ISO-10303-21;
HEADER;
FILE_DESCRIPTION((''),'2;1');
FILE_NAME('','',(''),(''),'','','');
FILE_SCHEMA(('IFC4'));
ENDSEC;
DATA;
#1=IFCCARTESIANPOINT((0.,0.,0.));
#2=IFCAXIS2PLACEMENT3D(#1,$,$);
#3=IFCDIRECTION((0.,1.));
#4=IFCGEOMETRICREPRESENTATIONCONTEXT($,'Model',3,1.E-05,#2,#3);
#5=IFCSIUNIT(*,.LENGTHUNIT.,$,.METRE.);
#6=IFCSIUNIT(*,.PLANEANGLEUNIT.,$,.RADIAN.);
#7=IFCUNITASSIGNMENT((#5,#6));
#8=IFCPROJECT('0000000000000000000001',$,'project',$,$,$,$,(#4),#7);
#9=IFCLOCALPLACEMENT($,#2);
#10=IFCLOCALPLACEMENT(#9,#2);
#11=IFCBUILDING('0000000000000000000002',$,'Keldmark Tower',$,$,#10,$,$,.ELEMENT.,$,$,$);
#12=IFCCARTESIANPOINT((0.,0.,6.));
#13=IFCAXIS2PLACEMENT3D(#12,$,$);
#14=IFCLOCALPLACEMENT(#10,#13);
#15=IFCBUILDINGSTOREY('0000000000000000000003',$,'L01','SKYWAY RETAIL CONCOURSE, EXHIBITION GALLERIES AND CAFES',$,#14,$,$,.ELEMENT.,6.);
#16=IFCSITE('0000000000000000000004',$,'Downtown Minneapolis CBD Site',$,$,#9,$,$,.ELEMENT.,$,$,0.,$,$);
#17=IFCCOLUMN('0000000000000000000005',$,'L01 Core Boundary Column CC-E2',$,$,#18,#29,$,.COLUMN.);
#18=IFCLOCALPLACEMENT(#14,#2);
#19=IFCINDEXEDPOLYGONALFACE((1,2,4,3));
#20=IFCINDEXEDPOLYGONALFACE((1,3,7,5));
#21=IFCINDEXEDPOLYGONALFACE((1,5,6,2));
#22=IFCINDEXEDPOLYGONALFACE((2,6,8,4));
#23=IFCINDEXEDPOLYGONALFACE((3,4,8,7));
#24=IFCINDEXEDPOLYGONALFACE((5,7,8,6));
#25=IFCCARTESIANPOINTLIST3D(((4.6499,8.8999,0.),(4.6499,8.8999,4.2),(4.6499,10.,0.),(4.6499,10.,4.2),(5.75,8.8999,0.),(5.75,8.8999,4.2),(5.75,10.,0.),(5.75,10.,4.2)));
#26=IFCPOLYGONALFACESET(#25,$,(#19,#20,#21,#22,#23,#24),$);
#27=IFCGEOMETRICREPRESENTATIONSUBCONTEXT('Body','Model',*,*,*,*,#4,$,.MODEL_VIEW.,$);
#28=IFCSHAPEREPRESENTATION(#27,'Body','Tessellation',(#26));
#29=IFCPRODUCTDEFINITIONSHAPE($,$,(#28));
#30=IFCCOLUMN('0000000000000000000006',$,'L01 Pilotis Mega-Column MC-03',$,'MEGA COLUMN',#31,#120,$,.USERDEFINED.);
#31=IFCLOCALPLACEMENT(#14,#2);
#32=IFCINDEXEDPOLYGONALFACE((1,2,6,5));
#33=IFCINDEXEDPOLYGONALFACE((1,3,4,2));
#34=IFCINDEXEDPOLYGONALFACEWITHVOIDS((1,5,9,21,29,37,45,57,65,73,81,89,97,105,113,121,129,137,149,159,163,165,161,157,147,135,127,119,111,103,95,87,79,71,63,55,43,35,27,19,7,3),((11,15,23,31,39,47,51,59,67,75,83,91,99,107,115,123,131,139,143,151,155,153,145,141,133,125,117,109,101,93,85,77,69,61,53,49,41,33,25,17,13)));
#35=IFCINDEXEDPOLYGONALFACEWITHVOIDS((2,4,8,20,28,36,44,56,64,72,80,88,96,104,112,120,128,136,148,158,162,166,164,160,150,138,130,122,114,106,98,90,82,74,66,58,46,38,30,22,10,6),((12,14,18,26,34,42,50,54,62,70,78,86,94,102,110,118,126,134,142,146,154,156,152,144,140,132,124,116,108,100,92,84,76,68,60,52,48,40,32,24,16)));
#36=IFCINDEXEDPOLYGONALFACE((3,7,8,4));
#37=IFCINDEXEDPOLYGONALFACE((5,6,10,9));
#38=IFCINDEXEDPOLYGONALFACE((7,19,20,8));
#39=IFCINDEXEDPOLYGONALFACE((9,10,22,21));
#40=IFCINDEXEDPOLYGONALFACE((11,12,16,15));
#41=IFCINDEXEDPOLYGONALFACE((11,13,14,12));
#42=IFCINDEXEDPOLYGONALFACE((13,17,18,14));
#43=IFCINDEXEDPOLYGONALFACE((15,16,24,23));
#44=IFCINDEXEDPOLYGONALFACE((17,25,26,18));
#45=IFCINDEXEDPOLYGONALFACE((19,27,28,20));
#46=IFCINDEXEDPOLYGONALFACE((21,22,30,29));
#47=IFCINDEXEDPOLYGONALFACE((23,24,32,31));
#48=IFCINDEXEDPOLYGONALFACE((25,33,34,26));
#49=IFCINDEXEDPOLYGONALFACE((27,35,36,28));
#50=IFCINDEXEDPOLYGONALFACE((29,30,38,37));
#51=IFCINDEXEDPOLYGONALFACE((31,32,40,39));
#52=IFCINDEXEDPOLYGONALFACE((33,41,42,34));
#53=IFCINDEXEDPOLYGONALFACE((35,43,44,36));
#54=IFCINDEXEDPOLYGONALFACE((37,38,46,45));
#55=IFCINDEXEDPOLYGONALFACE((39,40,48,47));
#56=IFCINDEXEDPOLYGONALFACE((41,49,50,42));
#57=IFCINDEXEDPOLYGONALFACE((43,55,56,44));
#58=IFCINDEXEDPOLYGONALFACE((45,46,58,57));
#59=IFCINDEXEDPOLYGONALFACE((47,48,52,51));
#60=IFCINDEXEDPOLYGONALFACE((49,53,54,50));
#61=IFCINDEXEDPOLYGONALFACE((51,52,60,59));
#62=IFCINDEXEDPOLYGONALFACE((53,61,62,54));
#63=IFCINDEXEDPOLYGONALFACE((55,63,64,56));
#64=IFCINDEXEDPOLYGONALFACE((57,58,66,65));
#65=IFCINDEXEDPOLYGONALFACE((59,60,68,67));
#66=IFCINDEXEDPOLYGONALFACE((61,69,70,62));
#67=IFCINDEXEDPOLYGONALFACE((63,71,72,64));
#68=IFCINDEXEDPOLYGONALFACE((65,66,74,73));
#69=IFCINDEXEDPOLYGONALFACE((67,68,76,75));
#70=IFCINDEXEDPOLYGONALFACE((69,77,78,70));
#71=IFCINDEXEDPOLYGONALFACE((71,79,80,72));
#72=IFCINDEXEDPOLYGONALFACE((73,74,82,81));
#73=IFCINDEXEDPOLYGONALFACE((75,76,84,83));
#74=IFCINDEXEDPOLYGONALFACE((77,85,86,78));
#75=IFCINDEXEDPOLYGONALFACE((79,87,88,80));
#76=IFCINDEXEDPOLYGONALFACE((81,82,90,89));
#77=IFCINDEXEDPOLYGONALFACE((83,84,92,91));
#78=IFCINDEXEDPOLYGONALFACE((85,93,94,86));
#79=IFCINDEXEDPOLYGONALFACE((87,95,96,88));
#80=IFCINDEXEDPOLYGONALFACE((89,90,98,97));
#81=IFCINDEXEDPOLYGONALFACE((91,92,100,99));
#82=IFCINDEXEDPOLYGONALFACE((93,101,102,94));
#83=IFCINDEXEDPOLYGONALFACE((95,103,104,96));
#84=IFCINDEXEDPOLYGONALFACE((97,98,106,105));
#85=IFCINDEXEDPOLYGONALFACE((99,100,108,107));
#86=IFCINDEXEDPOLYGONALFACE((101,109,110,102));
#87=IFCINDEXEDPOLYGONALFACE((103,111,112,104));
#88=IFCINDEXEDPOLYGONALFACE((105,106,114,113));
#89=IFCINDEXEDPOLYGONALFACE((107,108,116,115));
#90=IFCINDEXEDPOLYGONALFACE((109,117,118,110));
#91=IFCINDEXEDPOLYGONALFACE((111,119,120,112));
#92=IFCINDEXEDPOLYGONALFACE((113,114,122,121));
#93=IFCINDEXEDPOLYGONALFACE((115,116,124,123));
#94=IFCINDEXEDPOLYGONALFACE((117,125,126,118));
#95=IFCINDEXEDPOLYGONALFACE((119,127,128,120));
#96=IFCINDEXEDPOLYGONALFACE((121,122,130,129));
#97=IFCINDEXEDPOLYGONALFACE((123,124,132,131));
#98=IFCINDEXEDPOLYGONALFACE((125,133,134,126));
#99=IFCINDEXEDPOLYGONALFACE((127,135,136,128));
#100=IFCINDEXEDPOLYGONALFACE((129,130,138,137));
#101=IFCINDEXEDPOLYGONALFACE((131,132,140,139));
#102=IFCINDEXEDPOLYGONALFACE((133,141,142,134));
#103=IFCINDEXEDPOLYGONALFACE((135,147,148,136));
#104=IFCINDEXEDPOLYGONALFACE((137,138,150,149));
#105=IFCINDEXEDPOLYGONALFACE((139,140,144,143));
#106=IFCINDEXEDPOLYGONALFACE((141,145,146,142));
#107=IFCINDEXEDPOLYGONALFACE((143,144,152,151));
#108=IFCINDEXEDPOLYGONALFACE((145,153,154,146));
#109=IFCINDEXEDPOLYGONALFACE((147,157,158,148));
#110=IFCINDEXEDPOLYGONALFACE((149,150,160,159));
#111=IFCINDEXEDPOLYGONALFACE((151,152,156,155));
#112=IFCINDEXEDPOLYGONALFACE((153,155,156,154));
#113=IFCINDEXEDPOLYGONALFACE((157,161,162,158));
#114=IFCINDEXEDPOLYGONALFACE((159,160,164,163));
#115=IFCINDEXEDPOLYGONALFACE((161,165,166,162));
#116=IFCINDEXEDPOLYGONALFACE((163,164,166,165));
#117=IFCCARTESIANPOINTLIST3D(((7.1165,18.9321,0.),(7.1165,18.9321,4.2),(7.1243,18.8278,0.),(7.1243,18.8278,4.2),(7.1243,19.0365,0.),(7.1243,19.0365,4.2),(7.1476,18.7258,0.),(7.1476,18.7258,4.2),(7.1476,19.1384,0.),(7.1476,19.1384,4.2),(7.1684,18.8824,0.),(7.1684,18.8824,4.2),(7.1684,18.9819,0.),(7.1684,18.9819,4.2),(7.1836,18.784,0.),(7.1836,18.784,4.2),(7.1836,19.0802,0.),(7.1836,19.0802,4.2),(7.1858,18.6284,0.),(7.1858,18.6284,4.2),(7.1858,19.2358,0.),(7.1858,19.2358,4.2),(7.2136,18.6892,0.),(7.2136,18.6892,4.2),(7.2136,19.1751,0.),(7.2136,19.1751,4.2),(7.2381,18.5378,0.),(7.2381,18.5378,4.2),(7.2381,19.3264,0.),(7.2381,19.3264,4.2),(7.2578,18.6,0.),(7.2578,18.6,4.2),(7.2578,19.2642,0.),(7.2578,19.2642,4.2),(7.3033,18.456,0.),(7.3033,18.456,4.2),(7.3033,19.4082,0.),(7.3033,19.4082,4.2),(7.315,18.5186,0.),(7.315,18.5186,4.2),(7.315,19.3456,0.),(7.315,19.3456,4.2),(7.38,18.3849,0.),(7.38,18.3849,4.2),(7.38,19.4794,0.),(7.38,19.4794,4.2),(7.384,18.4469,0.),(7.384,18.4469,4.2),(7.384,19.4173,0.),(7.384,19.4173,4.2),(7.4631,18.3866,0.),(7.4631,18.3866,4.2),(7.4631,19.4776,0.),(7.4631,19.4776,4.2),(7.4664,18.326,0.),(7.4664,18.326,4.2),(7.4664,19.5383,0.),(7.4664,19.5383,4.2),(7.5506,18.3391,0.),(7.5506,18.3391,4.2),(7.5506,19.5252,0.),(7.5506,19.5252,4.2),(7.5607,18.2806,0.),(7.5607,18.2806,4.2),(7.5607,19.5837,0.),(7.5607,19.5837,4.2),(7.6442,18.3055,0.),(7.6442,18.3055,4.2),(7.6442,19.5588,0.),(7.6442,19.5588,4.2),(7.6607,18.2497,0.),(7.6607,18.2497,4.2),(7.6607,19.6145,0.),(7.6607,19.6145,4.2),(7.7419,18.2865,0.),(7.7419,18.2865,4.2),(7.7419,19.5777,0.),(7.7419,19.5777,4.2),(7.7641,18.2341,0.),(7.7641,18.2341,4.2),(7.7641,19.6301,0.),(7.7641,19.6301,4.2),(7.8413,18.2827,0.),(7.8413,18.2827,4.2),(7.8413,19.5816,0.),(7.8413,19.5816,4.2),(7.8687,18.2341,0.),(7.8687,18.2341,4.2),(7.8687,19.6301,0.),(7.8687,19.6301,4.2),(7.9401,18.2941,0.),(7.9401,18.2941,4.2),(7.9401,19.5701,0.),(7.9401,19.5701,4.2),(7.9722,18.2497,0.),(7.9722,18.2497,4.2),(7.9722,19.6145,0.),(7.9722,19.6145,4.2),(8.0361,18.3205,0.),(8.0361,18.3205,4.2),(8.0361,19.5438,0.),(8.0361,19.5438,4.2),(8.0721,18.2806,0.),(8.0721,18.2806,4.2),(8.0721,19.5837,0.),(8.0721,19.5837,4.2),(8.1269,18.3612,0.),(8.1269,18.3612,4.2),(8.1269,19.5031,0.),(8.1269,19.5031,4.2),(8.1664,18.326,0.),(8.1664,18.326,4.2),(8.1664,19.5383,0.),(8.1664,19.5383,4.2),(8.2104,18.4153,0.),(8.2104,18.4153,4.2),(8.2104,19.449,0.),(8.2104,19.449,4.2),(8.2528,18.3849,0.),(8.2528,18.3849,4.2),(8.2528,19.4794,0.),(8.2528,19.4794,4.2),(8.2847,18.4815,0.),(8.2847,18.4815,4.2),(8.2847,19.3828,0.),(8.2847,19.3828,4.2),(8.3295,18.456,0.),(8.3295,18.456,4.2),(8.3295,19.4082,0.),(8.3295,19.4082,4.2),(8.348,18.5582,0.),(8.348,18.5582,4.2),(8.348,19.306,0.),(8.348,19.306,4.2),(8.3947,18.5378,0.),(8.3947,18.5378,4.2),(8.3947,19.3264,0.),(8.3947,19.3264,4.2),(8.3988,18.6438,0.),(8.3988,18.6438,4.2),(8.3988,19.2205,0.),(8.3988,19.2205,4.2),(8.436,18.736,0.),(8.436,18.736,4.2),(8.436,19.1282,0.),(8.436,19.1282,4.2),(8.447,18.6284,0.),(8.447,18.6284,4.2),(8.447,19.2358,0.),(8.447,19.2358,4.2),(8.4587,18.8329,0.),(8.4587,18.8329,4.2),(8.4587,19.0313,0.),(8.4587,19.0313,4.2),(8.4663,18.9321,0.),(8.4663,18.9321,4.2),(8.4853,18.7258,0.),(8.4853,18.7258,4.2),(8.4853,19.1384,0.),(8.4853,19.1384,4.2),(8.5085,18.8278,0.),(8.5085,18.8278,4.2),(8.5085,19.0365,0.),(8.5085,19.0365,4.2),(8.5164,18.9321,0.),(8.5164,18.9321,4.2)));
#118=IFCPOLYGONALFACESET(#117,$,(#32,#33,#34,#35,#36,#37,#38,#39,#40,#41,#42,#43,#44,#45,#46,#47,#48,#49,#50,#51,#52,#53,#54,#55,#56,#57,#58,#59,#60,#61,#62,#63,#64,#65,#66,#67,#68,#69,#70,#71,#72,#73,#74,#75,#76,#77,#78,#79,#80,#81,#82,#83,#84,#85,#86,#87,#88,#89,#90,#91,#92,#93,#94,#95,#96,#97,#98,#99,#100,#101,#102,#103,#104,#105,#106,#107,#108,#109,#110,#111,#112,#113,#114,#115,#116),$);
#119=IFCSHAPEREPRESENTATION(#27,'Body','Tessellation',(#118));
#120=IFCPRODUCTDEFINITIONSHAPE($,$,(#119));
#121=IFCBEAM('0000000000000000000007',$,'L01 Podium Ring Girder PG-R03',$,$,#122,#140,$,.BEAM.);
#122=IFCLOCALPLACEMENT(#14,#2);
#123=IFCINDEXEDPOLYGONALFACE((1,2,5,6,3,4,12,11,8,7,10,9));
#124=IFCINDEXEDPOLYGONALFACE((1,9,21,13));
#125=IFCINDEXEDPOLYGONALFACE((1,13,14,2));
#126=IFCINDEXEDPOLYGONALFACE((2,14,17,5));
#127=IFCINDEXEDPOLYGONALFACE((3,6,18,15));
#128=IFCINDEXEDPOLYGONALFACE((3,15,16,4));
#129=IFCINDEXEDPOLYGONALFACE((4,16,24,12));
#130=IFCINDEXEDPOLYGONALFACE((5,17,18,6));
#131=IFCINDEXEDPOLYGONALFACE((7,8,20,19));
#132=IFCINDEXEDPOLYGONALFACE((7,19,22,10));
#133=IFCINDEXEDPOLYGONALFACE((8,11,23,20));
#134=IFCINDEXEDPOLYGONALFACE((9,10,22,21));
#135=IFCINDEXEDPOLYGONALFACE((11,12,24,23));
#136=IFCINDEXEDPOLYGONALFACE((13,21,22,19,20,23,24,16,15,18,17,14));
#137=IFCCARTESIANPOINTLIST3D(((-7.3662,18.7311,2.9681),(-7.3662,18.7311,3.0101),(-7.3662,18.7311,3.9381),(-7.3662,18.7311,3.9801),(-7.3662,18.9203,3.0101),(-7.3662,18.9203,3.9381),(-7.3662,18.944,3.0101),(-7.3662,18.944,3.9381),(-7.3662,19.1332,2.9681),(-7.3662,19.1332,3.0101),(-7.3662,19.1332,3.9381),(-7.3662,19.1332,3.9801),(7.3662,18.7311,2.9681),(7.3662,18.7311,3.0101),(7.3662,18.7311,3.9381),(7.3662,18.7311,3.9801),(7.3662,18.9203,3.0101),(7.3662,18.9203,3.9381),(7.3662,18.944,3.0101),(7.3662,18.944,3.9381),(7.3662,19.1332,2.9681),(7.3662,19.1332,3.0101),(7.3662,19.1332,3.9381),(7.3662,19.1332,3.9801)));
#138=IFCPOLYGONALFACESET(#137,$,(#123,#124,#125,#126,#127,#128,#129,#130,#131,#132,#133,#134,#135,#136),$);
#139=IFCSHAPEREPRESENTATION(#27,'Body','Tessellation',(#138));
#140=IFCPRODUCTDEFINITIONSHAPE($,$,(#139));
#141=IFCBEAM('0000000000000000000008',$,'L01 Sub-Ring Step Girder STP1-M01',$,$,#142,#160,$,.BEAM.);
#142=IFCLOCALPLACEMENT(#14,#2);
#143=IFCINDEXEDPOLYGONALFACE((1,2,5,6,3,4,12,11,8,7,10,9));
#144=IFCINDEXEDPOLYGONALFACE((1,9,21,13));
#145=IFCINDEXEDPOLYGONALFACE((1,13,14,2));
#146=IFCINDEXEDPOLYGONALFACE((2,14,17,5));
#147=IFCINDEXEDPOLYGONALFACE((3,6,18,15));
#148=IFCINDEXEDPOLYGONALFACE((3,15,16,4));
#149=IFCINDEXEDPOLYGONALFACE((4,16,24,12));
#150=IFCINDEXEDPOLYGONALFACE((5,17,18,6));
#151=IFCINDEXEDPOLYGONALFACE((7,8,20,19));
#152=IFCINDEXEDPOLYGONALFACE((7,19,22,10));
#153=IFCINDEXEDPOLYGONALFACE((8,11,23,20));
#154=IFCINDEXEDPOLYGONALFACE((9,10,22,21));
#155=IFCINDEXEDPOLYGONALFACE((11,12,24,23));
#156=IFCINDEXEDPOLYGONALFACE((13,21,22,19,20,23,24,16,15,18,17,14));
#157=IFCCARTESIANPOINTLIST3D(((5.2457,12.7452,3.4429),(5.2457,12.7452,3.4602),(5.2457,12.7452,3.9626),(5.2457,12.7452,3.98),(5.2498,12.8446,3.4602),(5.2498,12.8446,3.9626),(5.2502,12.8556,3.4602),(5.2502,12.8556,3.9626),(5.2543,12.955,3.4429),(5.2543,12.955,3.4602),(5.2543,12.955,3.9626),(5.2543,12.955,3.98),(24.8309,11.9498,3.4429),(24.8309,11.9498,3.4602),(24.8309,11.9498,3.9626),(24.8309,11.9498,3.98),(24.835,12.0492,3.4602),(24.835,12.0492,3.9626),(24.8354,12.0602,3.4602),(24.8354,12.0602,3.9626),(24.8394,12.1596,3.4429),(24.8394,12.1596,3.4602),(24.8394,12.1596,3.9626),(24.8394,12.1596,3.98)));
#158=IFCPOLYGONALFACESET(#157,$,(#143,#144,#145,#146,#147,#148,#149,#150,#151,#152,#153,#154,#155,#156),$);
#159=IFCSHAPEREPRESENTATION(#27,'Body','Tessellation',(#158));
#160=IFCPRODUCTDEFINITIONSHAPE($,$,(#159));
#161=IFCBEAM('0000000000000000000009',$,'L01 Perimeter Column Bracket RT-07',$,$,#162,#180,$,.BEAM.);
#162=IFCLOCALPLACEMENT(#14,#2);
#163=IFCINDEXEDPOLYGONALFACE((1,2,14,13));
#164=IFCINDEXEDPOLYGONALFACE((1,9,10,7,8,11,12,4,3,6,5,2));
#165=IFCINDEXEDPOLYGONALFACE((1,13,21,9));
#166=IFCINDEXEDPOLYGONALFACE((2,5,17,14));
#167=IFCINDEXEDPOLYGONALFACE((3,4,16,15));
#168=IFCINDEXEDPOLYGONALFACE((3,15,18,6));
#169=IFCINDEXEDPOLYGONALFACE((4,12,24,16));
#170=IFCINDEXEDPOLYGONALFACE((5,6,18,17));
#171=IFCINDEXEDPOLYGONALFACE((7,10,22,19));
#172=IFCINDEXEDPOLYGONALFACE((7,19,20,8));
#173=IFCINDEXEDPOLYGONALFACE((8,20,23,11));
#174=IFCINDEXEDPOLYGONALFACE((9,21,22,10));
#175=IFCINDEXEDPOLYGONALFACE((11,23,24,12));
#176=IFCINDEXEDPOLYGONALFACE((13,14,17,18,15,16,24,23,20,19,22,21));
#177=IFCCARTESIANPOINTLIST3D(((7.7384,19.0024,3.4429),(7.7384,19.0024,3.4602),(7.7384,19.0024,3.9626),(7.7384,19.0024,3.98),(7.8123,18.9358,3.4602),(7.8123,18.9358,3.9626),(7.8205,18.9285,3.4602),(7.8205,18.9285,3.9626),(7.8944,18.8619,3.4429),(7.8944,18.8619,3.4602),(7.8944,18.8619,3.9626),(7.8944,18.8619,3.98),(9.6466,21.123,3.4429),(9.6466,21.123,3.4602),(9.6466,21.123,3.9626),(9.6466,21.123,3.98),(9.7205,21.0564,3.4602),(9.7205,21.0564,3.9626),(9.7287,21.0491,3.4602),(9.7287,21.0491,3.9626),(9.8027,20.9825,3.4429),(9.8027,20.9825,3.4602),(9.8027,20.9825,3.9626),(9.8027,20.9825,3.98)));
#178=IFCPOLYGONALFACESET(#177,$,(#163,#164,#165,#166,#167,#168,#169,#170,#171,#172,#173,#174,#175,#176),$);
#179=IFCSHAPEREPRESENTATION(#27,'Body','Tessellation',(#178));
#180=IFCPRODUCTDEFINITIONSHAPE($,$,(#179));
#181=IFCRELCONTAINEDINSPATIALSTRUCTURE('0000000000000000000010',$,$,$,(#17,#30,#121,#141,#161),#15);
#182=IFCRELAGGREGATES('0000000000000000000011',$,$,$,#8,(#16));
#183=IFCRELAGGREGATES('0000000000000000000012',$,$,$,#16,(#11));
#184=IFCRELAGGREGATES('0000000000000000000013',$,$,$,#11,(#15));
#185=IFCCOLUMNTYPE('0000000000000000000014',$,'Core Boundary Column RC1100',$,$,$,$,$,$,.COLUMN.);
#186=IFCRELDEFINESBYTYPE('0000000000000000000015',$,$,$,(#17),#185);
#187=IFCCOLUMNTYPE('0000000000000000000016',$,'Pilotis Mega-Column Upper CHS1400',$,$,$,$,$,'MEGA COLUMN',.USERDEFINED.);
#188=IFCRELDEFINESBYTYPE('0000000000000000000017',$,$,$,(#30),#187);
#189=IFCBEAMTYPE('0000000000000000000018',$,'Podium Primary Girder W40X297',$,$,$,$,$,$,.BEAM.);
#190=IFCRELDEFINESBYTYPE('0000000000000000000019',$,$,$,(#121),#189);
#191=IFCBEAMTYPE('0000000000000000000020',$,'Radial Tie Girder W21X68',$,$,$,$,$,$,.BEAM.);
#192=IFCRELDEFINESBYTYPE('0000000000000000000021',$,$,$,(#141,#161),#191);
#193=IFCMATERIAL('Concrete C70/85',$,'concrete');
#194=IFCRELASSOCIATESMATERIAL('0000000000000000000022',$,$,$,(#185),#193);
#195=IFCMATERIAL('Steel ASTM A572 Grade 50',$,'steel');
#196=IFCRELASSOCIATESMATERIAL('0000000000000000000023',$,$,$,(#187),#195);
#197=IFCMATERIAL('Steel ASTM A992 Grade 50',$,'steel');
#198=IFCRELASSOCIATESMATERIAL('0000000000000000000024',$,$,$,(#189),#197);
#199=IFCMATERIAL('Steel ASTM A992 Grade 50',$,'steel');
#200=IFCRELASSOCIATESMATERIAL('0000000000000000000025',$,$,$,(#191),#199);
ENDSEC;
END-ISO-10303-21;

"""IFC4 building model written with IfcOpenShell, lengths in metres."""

from ifc_helpers import new_model, si_unit, direction, frame, origin, origin_2d, place, context, subcontext, project, spatial, rectangle, hollow_circle, i_section, extrude, material, material_profile, profile_set, type_object, element, save


model = new_model("IFC4")

# Units and contexts
model_context = context("Model", 3, precision=1e-05, world=origin(), true_north=direction((0.0, 1.0)))
body_context = subcontext(model_context, "Body", "Model", "MODEL_VIEW")
ifc_project = project(units=[si_unit("LENGTHUNIT", "METRE"), si_unit("PLANEANGLEUNIT", "RADIAN")], contexts=[model_context])

# Site, building, storey
site_placement = place(None, origin())
site = spatial("IfcSite", under=ifc_project, at=site_placement, Name="Downtown Minneapolis CBD Site", CompositionType="ELEMENT", RefElevation=0.0)
building_placement = place(site_placement, origin())
building = spatial("IfcBuilding", under=site, at=building_placement, Name="Keldmark Tower", CompositionType="ELEMENT")
storey_placement = place(building_placement, frame((0.0, 0.0, 6.0)))
storey = spatial("IfcBuildingStorey", under=building, at=storey_placement, Name="L01", Description="SKYWAY RETAIL CONCOURSE, EXHIBITION GALLERIES AND CAFES", CompositionType="ELEMENT", Elevation=6.0)

# Columns
ifc_material_1 = material(Name="Concrete C70/85", Category="concrete")
ifc_material_profile_1 = material_profile(ifc_material_1, rectangle(XDim=1.1001, YDim=1.1001, at=origin_2d()), Name="RC1100X1100")
ifc_profile_set_1 = profile_set([ifc_material_profile_1], Name="Concrete C70/85")
column_type_1 = type_object("IfcColumnType", Name="Core Boundary Column RC1100", PredefinedType="COLUMN", material=ifc_profile_set_1)
column_1_placement = place(storey_placement, frame((5.2, 9.45, 0.0), z_axis=(0.0, 0.0, 1.0), x_axis=(1.0, 0.0, 0.0)))
element("IfcColumn", 1, at=column_1_placement, inside=storey, type_object=column_type_1, Name="L01 Core Boundary Column CC-E2", PredefinedType="COLUMN", context=body_context, shape_type="SweptSolid", body=[
    extrude(rectangle(XDim=1.1001, YDim=1.1001, at=origin_2d()), origin(), (0.0, 0.0, 1.0), 4.2),
])
ifc_material_2 = material(Name="Steel ASTM A572 Grade 50", Category="steel")
ifc_material_profile_2 = material_profile(ifc_material_2, hollow_circle(Radius=0.7, WallThickness=0.05, at=origin_2d()), Name="CHS1400X50")
ifc_profile_set_2 = profile_set([ifc_material_profile_2], Name="Steel ASTM A572 Grade 50")
column_type_2 = type_object("IfcColumnType", Name="Pilotis Mega-Column Upper CHS1400", ElementType="MEGA COLUMN", PredefinedType="USERDEFINED", material=ifc_profile_set_2)
column_2_placement = place(storey_placement, frame((7.8164, 18.9321, 0.0), z_axis=(0.0, 0.0, 1.0), x_axis=(1.0, 0.0, 0.0)))
element("IfcColumn", 2, at=column_2_placement, inside=storey, type_object=column_type_2, Name="L01 Pilotis Mega-Column MC-03", ObjectType="MEGA COLUMN", PredefinedType="USERDEFINED", context=body_context, shape_type="SweptSolid", body=[
    extrude(hollow_circle(Radius=0.7, WallThickness=0.05, at=origin_2d()), origin(), (0.0, 0.0, 1.0), 4.2),
])

# Beams
ifc_material_3 = material(Name="Steel ASTM A992 Grade 50", Category="steel")
ifc_material_profile_3 = material_profile(ifc_material_3, i_section(OverallWidth=0.4021, OverallDepth=1.012, WebThickness=0.0237, FlangeThickness=0.042, at=origin_2d()), Name="W40X297")
ifc_profile_set_3 = profile_set([ifc_material_profile_3], Name="Steel ASTM A992 Grade 50")
beam_type_1 = type_object("IfcBeamType", Name="Podium Primary Girder W40X297", PredefinedType="BEAM", material=ifc_profile_set_3)
beam_1_placement = place(storey_placement, frame((7.3662, 18.9321, 3.4741), z_axis=(-1.0, 0.0, 0.0), x_axis=(0.0, -1.0, 0.0)))
element("IfcBeam", 3, at=beam_1_placement, inside=storey, type_object=beam_type_1, Name="L01 Podium Ring Girder PG-R03", PredefinedType="BEAM", context=body_context, shape_type="SweptSolid", body=[
    extrude(i_section(OverallWidth=0.4021, OverallDepth=1.012, WebThickness=0.0237, FlangeThickness=0.042, at=origin_2d()), origin(), (0.0, 0.0, 1.0), 14.7324),
])
ifc_material_4 = material(Name="Steel ASTM A992 Grade 50", Category="steel")
ifc_material_profile_4 = material_profile(ifc_material_4, i_section(OverallWidth=0.21, OverallDepth=0.5371, WebThickness=0.011, FlangeThickness=0.0173, at=origin_2d()), Name="W21X68")
ifc_profile_set_4 = profile_set([ifc_material_profile_4], Name="Steel ASTM A992 Grade 50")
beam_type_2 = type_object("IfcBeamType", Name="Radial Tie Girder W21X68", PredefinedType="BEAM", material=ifc_profile_set_4)
beam_2_placement = place(storey_placement, frame((5.25, 12.8501, 3.7114), z_axis=(0.999176, -0.040579, 0.0), x_axis=(0.040579, 0.999176, 0.0)))
element("IfcBeam", 4, at=beam_2_placement, inside=storey, type_object=beam_type_2, Name="L01 Sub-Ring Step Girder STP1-M01", PredefinedType="BEAM", context=body_context, shape_type="SweptSolid", body=[
    extrude(i_section(OverallWidth=0.21, OverallDepth=0.5371, WebThickness=0.011, FlangeThickness=0.0173, at=origin_2d()), origin(), (0.0, 0.0, 1.0), 19.6013),
])
beam_3_placement = place(storey_placement, frame((7.8164, 18.9321, 3.7114), z_axis=(0.668899, 0.743354, 0.0), x_axis=(-0.743354, 0.668899, 0.0)))
element("IfcBeam", 5, at=beam_3_placement, inside=storey, type_object=beam_type_2, Name="L01 Perimeter Column Bracket RT-07", PredefinedType="BEAM", context=body_context, shape_type="SweptSolid", body=[
    extrude(i_section(OverallWidth=0.21, OverallDepth=0.5371, WebThickness=0.011, FlangeThickness=0.0173, at=origin_2d()), origin(), (0.0, 0.0, 1.0), 2.8528),
])

save(model, "model.ifc")
